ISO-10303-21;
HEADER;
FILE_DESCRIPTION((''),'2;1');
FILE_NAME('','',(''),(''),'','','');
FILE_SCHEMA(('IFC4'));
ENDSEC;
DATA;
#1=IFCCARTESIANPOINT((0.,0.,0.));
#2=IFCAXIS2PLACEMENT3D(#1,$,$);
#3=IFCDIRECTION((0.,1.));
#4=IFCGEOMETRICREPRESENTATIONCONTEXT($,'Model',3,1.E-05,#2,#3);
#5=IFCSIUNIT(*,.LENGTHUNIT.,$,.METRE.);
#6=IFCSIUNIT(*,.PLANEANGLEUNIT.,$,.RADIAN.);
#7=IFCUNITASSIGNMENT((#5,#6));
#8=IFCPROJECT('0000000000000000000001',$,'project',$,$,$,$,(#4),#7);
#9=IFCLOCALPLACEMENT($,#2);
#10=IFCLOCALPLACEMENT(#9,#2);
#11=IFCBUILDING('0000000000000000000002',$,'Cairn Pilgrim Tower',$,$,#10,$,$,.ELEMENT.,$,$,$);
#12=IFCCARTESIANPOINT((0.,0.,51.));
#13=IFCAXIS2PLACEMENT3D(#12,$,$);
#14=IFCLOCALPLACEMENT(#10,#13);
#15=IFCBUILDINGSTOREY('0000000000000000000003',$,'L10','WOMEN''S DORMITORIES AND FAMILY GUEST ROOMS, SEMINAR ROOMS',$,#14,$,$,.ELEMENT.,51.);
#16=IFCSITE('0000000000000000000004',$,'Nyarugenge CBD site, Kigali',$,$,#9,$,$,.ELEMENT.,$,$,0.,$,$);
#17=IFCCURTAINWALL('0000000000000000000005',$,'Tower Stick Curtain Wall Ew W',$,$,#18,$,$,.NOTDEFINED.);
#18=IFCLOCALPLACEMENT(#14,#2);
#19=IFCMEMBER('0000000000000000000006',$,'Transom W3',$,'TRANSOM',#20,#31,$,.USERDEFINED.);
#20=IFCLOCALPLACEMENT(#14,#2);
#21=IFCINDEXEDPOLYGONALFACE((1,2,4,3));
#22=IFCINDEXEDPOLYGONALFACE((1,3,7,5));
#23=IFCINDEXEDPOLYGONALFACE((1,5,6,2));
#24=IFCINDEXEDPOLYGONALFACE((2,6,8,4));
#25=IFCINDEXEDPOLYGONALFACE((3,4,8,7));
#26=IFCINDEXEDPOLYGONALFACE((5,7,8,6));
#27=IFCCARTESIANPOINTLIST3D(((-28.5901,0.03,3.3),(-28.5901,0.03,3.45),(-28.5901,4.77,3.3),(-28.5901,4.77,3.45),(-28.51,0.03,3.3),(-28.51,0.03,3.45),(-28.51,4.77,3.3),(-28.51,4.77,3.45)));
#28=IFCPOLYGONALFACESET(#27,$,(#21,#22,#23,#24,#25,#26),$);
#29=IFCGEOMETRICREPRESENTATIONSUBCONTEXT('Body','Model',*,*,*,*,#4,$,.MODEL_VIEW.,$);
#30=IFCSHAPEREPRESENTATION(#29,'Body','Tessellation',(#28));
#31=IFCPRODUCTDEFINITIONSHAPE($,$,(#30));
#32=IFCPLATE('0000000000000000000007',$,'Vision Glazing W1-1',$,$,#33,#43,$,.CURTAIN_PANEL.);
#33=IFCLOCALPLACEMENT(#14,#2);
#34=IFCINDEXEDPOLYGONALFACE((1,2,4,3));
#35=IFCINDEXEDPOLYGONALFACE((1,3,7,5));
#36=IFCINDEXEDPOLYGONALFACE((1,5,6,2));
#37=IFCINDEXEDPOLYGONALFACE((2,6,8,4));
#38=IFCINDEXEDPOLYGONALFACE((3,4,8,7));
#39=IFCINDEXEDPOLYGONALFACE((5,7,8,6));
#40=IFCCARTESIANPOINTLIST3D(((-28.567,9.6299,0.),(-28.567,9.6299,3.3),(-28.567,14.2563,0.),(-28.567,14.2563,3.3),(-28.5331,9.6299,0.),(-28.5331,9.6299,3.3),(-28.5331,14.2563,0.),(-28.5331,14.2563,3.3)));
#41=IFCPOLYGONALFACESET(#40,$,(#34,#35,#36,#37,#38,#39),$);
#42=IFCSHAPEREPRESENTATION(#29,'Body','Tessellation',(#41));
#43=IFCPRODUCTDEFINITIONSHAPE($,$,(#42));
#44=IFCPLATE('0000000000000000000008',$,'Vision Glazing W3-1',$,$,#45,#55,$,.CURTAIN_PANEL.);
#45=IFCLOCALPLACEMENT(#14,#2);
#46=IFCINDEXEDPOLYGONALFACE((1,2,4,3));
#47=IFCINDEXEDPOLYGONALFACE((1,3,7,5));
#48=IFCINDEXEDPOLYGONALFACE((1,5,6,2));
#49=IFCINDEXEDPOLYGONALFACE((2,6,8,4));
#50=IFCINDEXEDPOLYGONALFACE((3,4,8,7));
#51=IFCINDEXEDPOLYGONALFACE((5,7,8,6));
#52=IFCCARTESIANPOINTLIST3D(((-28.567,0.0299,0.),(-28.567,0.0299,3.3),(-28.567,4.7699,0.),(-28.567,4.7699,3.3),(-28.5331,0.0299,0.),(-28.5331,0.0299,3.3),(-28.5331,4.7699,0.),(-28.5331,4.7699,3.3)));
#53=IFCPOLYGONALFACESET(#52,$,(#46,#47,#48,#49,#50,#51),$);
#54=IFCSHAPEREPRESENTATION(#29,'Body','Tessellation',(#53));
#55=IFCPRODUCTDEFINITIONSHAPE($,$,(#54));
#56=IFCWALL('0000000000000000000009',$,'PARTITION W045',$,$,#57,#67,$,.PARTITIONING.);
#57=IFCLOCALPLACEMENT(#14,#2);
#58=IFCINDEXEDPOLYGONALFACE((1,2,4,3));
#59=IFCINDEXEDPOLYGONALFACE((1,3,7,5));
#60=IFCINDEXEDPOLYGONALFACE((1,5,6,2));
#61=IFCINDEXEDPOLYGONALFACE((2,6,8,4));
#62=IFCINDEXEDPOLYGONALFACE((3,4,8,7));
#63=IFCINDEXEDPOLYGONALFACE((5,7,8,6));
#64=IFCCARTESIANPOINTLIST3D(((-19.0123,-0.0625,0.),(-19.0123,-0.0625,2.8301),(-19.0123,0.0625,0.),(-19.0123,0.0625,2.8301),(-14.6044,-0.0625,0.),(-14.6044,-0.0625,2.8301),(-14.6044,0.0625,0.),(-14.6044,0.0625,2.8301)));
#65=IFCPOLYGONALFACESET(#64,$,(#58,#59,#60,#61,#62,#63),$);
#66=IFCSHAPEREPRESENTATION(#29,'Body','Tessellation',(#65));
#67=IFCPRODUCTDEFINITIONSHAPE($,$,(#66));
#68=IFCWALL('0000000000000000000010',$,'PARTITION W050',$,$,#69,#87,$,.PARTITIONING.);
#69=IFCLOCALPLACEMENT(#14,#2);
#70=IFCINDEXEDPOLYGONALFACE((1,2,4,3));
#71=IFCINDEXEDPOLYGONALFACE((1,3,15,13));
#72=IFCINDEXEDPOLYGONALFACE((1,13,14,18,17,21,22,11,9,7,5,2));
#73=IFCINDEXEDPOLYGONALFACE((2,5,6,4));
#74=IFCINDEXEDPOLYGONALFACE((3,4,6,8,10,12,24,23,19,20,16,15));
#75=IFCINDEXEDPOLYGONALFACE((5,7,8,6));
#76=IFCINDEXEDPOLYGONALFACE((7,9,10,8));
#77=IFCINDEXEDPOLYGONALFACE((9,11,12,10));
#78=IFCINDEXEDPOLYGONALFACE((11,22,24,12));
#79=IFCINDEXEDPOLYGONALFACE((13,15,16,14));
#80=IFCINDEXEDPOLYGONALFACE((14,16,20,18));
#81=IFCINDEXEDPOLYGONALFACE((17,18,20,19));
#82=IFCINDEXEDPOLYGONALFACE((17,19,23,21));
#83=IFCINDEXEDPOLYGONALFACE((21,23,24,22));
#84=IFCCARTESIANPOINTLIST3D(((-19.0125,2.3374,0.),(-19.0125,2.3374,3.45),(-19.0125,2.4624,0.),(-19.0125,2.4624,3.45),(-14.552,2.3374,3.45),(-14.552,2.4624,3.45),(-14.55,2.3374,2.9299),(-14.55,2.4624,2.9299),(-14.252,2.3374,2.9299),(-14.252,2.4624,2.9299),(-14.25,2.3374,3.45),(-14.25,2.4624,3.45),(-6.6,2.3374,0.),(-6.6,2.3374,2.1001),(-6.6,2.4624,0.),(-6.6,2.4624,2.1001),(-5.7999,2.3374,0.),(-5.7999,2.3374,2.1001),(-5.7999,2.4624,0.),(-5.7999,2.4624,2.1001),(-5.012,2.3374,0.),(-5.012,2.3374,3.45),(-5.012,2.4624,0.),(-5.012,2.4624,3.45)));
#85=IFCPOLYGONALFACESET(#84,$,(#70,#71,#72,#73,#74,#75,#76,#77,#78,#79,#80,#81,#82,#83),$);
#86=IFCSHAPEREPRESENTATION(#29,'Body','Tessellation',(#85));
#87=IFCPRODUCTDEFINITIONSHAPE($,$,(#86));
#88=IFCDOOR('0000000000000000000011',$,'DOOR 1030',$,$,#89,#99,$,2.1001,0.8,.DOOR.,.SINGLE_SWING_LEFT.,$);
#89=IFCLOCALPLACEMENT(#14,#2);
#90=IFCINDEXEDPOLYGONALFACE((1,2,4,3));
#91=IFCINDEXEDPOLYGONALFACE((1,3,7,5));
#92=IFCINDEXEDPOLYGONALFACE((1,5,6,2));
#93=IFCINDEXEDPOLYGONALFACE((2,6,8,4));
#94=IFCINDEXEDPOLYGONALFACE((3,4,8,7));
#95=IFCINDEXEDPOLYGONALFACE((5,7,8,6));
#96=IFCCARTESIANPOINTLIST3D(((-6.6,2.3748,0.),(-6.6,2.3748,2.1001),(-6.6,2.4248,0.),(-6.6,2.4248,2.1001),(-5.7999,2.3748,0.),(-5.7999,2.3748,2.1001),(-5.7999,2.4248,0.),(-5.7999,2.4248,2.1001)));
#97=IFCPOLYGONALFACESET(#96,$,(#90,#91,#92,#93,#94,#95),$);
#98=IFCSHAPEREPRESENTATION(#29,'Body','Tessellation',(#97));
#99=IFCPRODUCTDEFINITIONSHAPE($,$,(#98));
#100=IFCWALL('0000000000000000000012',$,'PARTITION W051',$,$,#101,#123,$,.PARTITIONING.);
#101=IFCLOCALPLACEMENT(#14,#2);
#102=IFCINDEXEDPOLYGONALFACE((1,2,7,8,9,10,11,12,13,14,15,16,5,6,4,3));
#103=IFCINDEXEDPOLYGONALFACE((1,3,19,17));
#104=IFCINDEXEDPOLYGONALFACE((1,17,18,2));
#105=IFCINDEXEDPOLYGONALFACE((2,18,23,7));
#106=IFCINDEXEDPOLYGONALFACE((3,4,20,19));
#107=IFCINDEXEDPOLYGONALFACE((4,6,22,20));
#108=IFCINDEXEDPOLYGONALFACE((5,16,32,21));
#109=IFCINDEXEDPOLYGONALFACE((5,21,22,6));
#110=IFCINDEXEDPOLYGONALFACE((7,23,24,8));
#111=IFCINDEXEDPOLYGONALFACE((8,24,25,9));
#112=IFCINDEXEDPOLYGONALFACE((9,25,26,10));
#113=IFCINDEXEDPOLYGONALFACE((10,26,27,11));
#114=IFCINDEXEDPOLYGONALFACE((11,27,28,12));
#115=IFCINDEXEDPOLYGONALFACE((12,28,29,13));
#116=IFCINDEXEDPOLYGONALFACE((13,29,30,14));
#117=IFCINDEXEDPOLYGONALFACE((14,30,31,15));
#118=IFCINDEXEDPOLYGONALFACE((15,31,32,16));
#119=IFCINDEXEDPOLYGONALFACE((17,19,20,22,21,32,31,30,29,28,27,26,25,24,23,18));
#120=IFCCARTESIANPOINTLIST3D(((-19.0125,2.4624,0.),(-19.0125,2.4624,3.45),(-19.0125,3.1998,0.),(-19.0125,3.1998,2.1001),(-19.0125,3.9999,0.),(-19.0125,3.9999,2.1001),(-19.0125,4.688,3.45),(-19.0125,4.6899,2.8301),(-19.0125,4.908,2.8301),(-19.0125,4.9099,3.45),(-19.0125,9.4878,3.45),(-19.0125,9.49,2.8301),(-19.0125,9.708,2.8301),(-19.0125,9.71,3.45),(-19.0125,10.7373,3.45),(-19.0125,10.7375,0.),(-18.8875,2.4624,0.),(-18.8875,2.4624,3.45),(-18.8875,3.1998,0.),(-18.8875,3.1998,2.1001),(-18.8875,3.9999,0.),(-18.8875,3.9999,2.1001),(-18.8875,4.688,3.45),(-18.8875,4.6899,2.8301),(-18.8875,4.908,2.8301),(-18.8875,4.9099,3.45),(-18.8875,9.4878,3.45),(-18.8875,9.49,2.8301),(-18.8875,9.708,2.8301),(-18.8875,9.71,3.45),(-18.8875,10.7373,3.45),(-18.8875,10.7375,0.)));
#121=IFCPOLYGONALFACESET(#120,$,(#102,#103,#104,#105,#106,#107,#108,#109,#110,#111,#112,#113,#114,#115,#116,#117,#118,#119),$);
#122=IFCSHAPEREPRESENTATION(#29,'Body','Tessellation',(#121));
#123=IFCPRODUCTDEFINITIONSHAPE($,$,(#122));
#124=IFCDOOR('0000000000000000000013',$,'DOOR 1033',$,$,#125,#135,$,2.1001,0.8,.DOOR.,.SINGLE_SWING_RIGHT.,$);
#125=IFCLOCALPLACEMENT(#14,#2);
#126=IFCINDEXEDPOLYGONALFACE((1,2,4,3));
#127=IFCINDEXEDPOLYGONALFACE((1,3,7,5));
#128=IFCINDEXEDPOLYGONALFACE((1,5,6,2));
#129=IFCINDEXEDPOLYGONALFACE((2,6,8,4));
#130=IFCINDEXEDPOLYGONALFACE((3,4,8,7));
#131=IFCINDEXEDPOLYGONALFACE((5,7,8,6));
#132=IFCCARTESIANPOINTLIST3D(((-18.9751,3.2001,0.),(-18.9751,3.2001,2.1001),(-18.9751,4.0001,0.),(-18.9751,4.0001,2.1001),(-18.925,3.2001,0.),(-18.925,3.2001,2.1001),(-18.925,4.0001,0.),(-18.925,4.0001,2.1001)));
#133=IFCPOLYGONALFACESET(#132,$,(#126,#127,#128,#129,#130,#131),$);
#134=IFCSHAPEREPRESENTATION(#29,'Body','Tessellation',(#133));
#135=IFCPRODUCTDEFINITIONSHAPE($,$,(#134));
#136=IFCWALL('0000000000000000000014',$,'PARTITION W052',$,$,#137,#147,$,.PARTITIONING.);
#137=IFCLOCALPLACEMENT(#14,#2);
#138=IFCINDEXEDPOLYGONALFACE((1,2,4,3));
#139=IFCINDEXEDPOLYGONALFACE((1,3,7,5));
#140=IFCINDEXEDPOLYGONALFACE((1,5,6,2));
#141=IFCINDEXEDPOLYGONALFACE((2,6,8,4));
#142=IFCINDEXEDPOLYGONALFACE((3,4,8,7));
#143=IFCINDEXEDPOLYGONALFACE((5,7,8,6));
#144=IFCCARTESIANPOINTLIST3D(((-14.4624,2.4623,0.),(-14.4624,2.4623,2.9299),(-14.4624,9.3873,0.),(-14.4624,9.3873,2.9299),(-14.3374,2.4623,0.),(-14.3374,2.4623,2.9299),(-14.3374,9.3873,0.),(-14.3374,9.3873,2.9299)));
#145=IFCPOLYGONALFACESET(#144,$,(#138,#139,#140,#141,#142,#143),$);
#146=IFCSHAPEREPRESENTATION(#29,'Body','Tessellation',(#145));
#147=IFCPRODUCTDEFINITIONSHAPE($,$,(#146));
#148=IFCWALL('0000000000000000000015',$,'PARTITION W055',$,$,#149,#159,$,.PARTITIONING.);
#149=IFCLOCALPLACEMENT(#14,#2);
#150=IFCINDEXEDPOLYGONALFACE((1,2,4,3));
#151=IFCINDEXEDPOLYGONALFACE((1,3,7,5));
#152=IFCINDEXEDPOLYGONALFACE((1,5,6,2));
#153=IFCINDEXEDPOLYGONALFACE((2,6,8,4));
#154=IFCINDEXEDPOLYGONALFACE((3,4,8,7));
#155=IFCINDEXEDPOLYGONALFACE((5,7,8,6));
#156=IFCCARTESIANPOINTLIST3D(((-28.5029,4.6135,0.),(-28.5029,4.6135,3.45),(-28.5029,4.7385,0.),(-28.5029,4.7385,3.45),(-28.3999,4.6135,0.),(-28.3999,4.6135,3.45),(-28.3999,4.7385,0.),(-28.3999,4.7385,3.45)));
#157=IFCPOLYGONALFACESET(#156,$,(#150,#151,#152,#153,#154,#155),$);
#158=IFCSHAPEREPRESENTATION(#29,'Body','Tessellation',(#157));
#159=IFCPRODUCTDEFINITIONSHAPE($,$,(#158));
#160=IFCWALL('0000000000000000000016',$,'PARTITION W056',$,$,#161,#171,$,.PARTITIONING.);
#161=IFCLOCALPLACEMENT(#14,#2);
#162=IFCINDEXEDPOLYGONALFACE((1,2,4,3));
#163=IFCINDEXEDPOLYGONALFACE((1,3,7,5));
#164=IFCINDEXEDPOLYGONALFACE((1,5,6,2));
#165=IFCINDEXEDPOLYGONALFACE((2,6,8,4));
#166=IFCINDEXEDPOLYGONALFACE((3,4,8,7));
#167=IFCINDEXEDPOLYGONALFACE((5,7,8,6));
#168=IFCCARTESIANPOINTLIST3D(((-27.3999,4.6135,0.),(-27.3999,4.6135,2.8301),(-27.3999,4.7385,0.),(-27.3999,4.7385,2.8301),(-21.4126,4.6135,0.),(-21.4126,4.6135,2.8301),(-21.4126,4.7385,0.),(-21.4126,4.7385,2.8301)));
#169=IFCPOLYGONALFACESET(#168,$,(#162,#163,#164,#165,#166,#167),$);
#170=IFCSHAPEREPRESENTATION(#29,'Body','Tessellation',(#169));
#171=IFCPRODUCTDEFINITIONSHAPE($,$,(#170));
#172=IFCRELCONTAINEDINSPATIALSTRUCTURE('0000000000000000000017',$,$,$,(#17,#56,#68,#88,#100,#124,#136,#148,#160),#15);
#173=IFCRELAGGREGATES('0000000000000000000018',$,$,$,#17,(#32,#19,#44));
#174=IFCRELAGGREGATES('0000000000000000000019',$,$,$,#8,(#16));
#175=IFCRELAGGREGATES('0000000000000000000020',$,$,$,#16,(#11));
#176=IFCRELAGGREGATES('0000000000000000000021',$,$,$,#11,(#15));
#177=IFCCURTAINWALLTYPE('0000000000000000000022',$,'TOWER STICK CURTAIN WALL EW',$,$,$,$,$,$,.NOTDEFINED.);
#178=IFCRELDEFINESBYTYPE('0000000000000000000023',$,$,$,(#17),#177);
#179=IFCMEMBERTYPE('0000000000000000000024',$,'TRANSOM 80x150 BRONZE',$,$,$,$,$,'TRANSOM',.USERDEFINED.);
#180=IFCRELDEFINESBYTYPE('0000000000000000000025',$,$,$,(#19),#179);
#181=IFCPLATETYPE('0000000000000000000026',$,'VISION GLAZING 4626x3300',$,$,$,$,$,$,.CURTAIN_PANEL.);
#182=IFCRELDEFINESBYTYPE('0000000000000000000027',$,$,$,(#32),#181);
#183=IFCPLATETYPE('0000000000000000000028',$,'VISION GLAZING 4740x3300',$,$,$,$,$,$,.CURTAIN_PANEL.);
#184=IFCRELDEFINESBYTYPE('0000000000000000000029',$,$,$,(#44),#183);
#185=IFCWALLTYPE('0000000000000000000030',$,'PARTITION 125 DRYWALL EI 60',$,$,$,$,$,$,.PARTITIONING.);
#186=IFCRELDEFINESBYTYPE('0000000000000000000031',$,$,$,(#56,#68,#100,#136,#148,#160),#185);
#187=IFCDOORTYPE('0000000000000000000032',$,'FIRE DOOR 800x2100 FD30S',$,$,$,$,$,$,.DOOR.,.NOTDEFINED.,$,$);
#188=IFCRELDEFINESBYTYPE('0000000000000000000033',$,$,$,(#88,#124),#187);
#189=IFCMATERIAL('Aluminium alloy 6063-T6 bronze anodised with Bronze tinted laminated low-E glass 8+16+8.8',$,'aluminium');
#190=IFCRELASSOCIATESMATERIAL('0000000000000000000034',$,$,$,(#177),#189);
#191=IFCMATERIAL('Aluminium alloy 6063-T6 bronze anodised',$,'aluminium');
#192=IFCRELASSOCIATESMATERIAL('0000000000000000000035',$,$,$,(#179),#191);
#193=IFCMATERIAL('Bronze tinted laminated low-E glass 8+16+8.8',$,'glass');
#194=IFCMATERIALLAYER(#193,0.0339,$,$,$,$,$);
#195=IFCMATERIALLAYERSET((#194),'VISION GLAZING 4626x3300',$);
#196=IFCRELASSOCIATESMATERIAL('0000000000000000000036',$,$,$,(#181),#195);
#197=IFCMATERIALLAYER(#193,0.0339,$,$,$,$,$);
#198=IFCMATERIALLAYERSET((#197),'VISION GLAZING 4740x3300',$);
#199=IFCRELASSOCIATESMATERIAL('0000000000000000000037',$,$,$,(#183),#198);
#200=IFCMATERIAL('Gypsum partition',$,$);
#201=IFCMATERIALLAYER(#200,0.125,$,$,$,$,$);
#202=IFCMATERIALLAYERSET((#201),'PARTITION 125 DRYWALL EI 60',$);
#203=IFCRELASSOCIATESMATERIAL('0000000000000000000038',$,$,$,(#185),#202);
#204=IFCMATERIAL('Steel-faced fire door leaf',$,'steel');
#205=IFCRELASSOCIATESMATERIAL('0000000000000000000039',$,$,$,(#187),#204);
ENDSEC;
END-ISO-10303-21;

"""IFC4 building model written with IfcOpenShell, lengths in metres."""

from ifc_helpers import new_model, si_unit, direction, frame, frame_2d, origin, origin_2d, place, context, subcontext, project, spatial, polyline, rectangle, outline, extrude, material, layer, layer_set, material_profile, profile_set, type_object, element, fill, aggregate, save


model = new_model("IFC4")

# Units and contexts
model_context = context("Model", 3, precision=1e-05, world=origin(), true_north=direction((0.0, 1.0)))
body_context = subcontext(model_context, "Body", "Model", "MODEL_VIEW")
ifc_project = project(units=[si_unit("LENGTHUNIT", "METRE"), si_unit("PLANEANGLEUNIT", "RADIAN")], contexts=[model_context])

# Site, building, storey
site_placement = place(None, origin())
site = spatial("IfcSite", under=ifc_project, at=site_placement, Name="Nyarugenge CBD site, Kigali", CompositionType="ELEMENT", RefElevation=0.0)
building_placement = place(site_placement, origin())
building = spatial("IfcBuilding", under=site, at=building_placement, Name="Cairn Pilgrim Tower", CompositionType="ELEMENT")
storey_placement = place(building_placement, frame((0.0, 0.0, 51.0)))
storey = spatial("IfcBuildingStorey", under=building, at=storey_placement, Name="L10", Description="WOMEN'S DORMITORIES AND FAMILY GUEST ROOMS, SEMINAR ROOMS", CompositionType="ELEMENT", Elevation=51.0)

# Curtain wall
ifc_material_1 = material(Name="Aluminium alloy 6063-T6 bronze anodised with Bronze tinted laminated low-E glass 8+16+8.8", Category="aluminium")
curtain_wall_type = type_object("IfcCurtainWallType", Name="TOWER STICK CURTAIN WALL EW", PredefinedType="NOTDEFINED", material=ifc_material_1)
curtain_wall_placement = place(storey_placement, origin())
curtain_wall = element("IfcCurtainWall", 1, at=curtain_wall_placement, inside=storey, type_object=curtain_wall_type, Name="Tower Stick Curtain Wall Ew W", PredefinedType="NOTDEFINED")
ifc_material_2 = material(Name="Aluminium alloy 6063-T6 bronze anodised", Category="aluminium")

# Member
ifc_material_profile_1 = material_profile(ifc_material_2, rectangle(XDim=0.0801, YDim=0.1499, at=origin_2d()), Name="TRANSOM 80x150 BRONZE")
ifc_profile_set_1 = profile_set([ifc_material_profile_1], Name="Aluminium alloy 6063-T6 bronze anodised")
member_type_1 = type_object("IfcMemberType", Name="TRANSOM 80x150 BRONZE", ElementType="TRANSOM", PredefinedType="USERDEFINED", material=ifc_profile_set_1)
member_1_placement = place(storey_placement, frame((-28.55, 4.77, 3.375), z_axis=(0.0, -1.0, 0.0), x_axis=(1.0, 0.0, 0.0)))
member_1 = element("IfcMember", 2, at=member_1_placement, type_object=member_type_1, Name="Transom W3", ObjectType="TRANSOM", PredefinedType="USERDEFINED", context=body_context, shape_type="SweptSolid", body=[
    extrude(rectangle(XDim=0.0801, YDim=0.1499, at=origin_2d()), origin(), (0.0, 0.0, 1.0), 4.74),
])

# Plates
ifc_material_3 = material(Name="Bronze tinted laminated low-E glass 8+16+8.8", Category="glass")
ifc_layer_1 = layer(ifc_material_3, 0.0339)
ifc_layer_set_1 = layer_set([ifc_layer_1], Name="VISION GLAZING 4626x3300")
plate_type_1 = type_object("IfcPlateType", Name="VISION GLAZING 4626x3300", PredefinedType="CURTAIN_PANEL", material=ifc_layer_set_1)
plate_1_placement = place(storey_placement, frame((-28.55, 11.9431, 0.0), z_axis=(0.0, 0.0, 1.0), x_axis=(0.0, -1.0, 0.0)))
plate_1 = element("IfcPlate", 3, at=plate_1_placement, type_object=plate_type_1, Name="Vision Glazing W1-1", PredefinedType="CURTAIN_PANEL", context=body_context, shape_type="SweptSolid", body=[
    extrude(rectangle(XDim=4.6265, YDim=0.0339, at=origin_2d()), origin(), (0.0, 0.0, 1.0), 3.3),
])
ifc_layer_2 = layer(ifc_material_3, 0.0339)
ifc_layer_set_2 = layer_set([ifc_layer_2], Name="VISION GLAZING 4740x3300")
plate_type_2 = type_object("IfcPlateType", Name="VISION GLAZING 4740x3300", PredefinedType="CURTAIN_PANEL", material=ifc_layer_set_2)
plate_2_placement = place(storey_placement, frame((-28.55, 2.3999, 0.0), z_axis=(0.0, 0.0, 1.0), x_axis=(0.0, -1.0, 0.0)))
plate_2 = element("IfcPlate", 4, at=plate_2_placement, type_object=plate_type_2, Name="Vision Glazing W3-1", PredefinedType="CURTAIN_PANEL", context=body_context, shape_type="SweptSolid", body=[
    extrude(rectangle(XDim=4.74, YDim=0.0339, at=origin_2d()), origin(), (0.0, 0.0, 1.0), 3.3),
])
aggregate(curtain_wall, [plate_1, member_1, plate_2])

# Wall
ifc_material_4 = material(Name="Gypsum partition")
ifc_layer_3 = layer(ifc_material_4, 0.125)
ifc_layer_set_3 = layer_set([ifc_layer_3], Name="PARTITION 125 DRYWALL EI 60")
wall_type_1 = type_object("IfcWallType", Name="PARTITION 125 DRYWALL EI 60", PredefinedType="PARTITIONING", material=ifc_layer_set_3)
wall_1_placement = place(storey_placement, frame((-19.0125, 0.0, 0.0), z_axis=(0.0, 0.0, 1.0), x_axis=(1.0, 0.0, 0.0)))
element("IfcWall", 5, at=wall_1_placement, inside=storey, type_object=wall_type_1, Name="PARTITION W045", PredefinedType="PARTITIONING", context=body_context, shape_type="SweptSolid", body=[
    extrude(rectangle(XDim=4.408, YDim=0.125, at=frame_2d((2.2041, 0.0))), origin(), (0.0, 0.0, 1.0), 2.8301),
])

# Walls, openings, doors
wall_2_placement = place(storey_placement, frame((-19.0125, 2.3999, 0.0), z_axis=(0.0, 0.0, 1.0), x_axis=(1.0, 0.0, 0.0)))
wall_2 = element("IfcWall", 6, at=wall_2_placement, inside=storey, type_object=wall_type_1, Name="PARTITION W050", PredefinedType="PARTITIONING", context=body_context, shape_type="SweptSolid", body=[
    extrude(outline(polyline([(0.0, 0.0), (14.0005, 0.0), (14.0005, 3.45), (4.7625, 3.45), (4.7605, 2.9299), (4.4624, 2.9299), (4.4604, 3.45), (0.0, 3.45), (0.0, 0.0)])), frame((0.0, 0.0625, 0.0), z_axis=(0.0, -1.0, 0.0), x_axis=(1.0, 0.0, 0.0)), (0.0, 0.0, 1.0), 0.125),
])
opening_1_placement = place(wall_2_placement, frame((12.4126, 0.0, 0.0)))
opening_1 = element("IfcOpeningElement", 7, at=opening_1_placement, cuts=wall_2, PredefinedType="OPENING", context=body_context, shape_type="SweptSolid", body=[
    extrude(rectangle(XDim=0.8, YDim=2.1001, at=frame_2d((0.3999, 1.05))), frame((0.0, 0.0725, 0.0), z_axis=(0.0, -1.0, 0.0), x_axis=(1.0, 0.0, 0.0)), (0.0, 0.0, 1.0), 0.145),
])
ifc_material_5 = material(Name="Steel-faced fire door leaf", Category="steel")
door_type_1 = type_object("IfcDoorType", Name="FIRE DOOR 800x2100 FD30S", OperationType="NOTDEFINED", PredefinedType="DOOR", material=ifc_material_5)
door_1_placement = place(opening_1_placement, origin())
door_1 = element("IfcDoor", 8, at=door_1_placement, inside=storey, type_object=door_type_1, Name="DOOR 1030", OperationType="SINGLE_SWING_LEFT", OverallHeight=2.1001, OverallWidth=0.8, PredefinedType="DOOR", context=body_context, shape_type="SweptSolid", body=[
    extrude(rectangle(XDim=0.8, YDim=2.1001, at=frame_2d((0.3999, 1.05))), frame((0.0, 0.0249, 0.0), z_axis=(0.0, -1.0, 0.0), x_axis=(1.0, 0.0, 0.0)), (0.0, 0.0, 1.0), 0.05),
])
fill(opening_1, door_1)
wall_3_placement = place(storey_placement, frame((-18.95, 2.4624, 0.0), z_axis=(0.0, 0.0, 1.0), x_axis=(0.0, 1.0, 0.0)))
wall_3 = element("IfcWall", 9, at=wall_3_placement, inside=storey, type_object=wall_type_1, Name="PARTITION W051", PredefinedType="PARTITIONING", context=body_context, shape_type="SweptSolid", body=[
    extrude(outline(polyline([(0.0, 0.0), (8.2751, 0.0), (8.2749, 3.45), (7.2476, 3.45), (7.2456, 2.8301), (7.0276, 2.8301), (7.0254, 3.45), (2.4475, 3.45), (2.4456, 2.8301), (2.2275, 2.8301), (2.2256, 3.45), (0.0, 3.45), (0.0, 0.0)])), frame((0.0, 0.0625, 0.0), z_axis=(0.0, -1.0, 0.0), x_axis=(1.0, 0.0, 0.0)), (0.0, 0.0, 1.0), 0.125),
])
opening_2_placement = place(wall_3_placement, frame((0.7375, 0.0, 0.0)))
opening_2 = element("IfcOpeningElement", 10, at=opening_2_placement, cuts=wall_3, PredefinedType="OPENING", context=body_context, shape_type="SweptSolid", body=[
    extrude(rectangle(XDim=0.8, YDim=2.1001, at=frame_2d((0.3999, 1.05))), frame((0.0, 0.0725, 0.0), z_axis=(0.0, -1.0, 0.0), x_axis=(1.0, 0.0, 0.0)), (0.0, 0.0, 1.0), 0.145),
])
door_2_placement = place(opening_2_placement, frame((0.8, 0.0, 0.0), z_axis=(0.0, 0.0, 1.0), x_axis=(-1.0, 0.0, 0.0)))
door_2 = element("IfcDoor", 11, at=door_2_placement, inside=storey, type_object=door_type_1, Name="DOOR 1033", OperationType="SINGLE_SWING_RIGHT", OverallHeight=2.1001, OverallWidth=0.8, PredefinedType="DOOR", context=body_context, shape_type="SweptSolid", body=[
    extrude(rectangle(XDim=0.8, YDim=2.1001, at=frame_2d((0.3999, 1.05))), frame((0.0, 0.0249, 0.0), z_axis=(0.0, -1.0, 0.0), x_axis=(1.0, 0.0, 0.0)), (0.0, 0.0, 1.0), 0.05),
])
fill(opening_2, door_2)

# Walls
wall_4_placement = place(storey_placement, frame((-14.3999, 2.4624, 0.0), z_axis=(0.0, 0.0, 1.0), x_axis=(0.0, 1.0, 0.0)))
element("IfcWall", 12, at=wall_4_placement, inside=storey, type_object=wall_type_1, Name="PARTITION W052", PredefinedType="PARTITIONING", context=body_context, shape_type="SweptSolid", body=[
    extrude(rectangle(XDim=6.925, YDim=0.125, at=frame_2d((3.4624, 0.0))), origin(), (0.0, 0.0, 1.0), 2.9299),
])
wall_5_placement = place(storey_placement, frame((-28.5029, 4.676, 0.0), z_axis=(0.0, 0.0, 1.0), x_axis=(1.0, 0.0, 0.0)))
element("IfcWall", 13, at=wall_5_placement, inside=storey, type_object=wall_type_1, Name="PARTITION W055", PredefinedType="PARTITIONING", context=body_context, shape_type="SweptSolid", body=[
    extrude(rectangle(XDim=0.103, YDim=0.125, at=frame_2d((0.0515, 0.0))), origin(), (0.0, 0.0, 1.0), 3.45),
])
wall_6_placement = place(storey_placement, frame((-27.3999, 4.676, 0.0), z_axis=(0.0, 0.0, 1.0), x_axis=(1.0, 0.0, 0.0)))
element("IfcWall", 14, at=wall_6_placement, inside=storey, type_object=wall_type_1, Name="PARTITION W056", PredefinedType="PARTITIONING", context=body_context, shape_type="SweptSolid", body=[
    extrude(rectangle(XDim=5.9873, YDim=0.125, at=frame_2d((2.9937, 0.0))), origin(), (0.0, 0.0, 1.0), 2.8301),
])

save(model, "model.ifc")
